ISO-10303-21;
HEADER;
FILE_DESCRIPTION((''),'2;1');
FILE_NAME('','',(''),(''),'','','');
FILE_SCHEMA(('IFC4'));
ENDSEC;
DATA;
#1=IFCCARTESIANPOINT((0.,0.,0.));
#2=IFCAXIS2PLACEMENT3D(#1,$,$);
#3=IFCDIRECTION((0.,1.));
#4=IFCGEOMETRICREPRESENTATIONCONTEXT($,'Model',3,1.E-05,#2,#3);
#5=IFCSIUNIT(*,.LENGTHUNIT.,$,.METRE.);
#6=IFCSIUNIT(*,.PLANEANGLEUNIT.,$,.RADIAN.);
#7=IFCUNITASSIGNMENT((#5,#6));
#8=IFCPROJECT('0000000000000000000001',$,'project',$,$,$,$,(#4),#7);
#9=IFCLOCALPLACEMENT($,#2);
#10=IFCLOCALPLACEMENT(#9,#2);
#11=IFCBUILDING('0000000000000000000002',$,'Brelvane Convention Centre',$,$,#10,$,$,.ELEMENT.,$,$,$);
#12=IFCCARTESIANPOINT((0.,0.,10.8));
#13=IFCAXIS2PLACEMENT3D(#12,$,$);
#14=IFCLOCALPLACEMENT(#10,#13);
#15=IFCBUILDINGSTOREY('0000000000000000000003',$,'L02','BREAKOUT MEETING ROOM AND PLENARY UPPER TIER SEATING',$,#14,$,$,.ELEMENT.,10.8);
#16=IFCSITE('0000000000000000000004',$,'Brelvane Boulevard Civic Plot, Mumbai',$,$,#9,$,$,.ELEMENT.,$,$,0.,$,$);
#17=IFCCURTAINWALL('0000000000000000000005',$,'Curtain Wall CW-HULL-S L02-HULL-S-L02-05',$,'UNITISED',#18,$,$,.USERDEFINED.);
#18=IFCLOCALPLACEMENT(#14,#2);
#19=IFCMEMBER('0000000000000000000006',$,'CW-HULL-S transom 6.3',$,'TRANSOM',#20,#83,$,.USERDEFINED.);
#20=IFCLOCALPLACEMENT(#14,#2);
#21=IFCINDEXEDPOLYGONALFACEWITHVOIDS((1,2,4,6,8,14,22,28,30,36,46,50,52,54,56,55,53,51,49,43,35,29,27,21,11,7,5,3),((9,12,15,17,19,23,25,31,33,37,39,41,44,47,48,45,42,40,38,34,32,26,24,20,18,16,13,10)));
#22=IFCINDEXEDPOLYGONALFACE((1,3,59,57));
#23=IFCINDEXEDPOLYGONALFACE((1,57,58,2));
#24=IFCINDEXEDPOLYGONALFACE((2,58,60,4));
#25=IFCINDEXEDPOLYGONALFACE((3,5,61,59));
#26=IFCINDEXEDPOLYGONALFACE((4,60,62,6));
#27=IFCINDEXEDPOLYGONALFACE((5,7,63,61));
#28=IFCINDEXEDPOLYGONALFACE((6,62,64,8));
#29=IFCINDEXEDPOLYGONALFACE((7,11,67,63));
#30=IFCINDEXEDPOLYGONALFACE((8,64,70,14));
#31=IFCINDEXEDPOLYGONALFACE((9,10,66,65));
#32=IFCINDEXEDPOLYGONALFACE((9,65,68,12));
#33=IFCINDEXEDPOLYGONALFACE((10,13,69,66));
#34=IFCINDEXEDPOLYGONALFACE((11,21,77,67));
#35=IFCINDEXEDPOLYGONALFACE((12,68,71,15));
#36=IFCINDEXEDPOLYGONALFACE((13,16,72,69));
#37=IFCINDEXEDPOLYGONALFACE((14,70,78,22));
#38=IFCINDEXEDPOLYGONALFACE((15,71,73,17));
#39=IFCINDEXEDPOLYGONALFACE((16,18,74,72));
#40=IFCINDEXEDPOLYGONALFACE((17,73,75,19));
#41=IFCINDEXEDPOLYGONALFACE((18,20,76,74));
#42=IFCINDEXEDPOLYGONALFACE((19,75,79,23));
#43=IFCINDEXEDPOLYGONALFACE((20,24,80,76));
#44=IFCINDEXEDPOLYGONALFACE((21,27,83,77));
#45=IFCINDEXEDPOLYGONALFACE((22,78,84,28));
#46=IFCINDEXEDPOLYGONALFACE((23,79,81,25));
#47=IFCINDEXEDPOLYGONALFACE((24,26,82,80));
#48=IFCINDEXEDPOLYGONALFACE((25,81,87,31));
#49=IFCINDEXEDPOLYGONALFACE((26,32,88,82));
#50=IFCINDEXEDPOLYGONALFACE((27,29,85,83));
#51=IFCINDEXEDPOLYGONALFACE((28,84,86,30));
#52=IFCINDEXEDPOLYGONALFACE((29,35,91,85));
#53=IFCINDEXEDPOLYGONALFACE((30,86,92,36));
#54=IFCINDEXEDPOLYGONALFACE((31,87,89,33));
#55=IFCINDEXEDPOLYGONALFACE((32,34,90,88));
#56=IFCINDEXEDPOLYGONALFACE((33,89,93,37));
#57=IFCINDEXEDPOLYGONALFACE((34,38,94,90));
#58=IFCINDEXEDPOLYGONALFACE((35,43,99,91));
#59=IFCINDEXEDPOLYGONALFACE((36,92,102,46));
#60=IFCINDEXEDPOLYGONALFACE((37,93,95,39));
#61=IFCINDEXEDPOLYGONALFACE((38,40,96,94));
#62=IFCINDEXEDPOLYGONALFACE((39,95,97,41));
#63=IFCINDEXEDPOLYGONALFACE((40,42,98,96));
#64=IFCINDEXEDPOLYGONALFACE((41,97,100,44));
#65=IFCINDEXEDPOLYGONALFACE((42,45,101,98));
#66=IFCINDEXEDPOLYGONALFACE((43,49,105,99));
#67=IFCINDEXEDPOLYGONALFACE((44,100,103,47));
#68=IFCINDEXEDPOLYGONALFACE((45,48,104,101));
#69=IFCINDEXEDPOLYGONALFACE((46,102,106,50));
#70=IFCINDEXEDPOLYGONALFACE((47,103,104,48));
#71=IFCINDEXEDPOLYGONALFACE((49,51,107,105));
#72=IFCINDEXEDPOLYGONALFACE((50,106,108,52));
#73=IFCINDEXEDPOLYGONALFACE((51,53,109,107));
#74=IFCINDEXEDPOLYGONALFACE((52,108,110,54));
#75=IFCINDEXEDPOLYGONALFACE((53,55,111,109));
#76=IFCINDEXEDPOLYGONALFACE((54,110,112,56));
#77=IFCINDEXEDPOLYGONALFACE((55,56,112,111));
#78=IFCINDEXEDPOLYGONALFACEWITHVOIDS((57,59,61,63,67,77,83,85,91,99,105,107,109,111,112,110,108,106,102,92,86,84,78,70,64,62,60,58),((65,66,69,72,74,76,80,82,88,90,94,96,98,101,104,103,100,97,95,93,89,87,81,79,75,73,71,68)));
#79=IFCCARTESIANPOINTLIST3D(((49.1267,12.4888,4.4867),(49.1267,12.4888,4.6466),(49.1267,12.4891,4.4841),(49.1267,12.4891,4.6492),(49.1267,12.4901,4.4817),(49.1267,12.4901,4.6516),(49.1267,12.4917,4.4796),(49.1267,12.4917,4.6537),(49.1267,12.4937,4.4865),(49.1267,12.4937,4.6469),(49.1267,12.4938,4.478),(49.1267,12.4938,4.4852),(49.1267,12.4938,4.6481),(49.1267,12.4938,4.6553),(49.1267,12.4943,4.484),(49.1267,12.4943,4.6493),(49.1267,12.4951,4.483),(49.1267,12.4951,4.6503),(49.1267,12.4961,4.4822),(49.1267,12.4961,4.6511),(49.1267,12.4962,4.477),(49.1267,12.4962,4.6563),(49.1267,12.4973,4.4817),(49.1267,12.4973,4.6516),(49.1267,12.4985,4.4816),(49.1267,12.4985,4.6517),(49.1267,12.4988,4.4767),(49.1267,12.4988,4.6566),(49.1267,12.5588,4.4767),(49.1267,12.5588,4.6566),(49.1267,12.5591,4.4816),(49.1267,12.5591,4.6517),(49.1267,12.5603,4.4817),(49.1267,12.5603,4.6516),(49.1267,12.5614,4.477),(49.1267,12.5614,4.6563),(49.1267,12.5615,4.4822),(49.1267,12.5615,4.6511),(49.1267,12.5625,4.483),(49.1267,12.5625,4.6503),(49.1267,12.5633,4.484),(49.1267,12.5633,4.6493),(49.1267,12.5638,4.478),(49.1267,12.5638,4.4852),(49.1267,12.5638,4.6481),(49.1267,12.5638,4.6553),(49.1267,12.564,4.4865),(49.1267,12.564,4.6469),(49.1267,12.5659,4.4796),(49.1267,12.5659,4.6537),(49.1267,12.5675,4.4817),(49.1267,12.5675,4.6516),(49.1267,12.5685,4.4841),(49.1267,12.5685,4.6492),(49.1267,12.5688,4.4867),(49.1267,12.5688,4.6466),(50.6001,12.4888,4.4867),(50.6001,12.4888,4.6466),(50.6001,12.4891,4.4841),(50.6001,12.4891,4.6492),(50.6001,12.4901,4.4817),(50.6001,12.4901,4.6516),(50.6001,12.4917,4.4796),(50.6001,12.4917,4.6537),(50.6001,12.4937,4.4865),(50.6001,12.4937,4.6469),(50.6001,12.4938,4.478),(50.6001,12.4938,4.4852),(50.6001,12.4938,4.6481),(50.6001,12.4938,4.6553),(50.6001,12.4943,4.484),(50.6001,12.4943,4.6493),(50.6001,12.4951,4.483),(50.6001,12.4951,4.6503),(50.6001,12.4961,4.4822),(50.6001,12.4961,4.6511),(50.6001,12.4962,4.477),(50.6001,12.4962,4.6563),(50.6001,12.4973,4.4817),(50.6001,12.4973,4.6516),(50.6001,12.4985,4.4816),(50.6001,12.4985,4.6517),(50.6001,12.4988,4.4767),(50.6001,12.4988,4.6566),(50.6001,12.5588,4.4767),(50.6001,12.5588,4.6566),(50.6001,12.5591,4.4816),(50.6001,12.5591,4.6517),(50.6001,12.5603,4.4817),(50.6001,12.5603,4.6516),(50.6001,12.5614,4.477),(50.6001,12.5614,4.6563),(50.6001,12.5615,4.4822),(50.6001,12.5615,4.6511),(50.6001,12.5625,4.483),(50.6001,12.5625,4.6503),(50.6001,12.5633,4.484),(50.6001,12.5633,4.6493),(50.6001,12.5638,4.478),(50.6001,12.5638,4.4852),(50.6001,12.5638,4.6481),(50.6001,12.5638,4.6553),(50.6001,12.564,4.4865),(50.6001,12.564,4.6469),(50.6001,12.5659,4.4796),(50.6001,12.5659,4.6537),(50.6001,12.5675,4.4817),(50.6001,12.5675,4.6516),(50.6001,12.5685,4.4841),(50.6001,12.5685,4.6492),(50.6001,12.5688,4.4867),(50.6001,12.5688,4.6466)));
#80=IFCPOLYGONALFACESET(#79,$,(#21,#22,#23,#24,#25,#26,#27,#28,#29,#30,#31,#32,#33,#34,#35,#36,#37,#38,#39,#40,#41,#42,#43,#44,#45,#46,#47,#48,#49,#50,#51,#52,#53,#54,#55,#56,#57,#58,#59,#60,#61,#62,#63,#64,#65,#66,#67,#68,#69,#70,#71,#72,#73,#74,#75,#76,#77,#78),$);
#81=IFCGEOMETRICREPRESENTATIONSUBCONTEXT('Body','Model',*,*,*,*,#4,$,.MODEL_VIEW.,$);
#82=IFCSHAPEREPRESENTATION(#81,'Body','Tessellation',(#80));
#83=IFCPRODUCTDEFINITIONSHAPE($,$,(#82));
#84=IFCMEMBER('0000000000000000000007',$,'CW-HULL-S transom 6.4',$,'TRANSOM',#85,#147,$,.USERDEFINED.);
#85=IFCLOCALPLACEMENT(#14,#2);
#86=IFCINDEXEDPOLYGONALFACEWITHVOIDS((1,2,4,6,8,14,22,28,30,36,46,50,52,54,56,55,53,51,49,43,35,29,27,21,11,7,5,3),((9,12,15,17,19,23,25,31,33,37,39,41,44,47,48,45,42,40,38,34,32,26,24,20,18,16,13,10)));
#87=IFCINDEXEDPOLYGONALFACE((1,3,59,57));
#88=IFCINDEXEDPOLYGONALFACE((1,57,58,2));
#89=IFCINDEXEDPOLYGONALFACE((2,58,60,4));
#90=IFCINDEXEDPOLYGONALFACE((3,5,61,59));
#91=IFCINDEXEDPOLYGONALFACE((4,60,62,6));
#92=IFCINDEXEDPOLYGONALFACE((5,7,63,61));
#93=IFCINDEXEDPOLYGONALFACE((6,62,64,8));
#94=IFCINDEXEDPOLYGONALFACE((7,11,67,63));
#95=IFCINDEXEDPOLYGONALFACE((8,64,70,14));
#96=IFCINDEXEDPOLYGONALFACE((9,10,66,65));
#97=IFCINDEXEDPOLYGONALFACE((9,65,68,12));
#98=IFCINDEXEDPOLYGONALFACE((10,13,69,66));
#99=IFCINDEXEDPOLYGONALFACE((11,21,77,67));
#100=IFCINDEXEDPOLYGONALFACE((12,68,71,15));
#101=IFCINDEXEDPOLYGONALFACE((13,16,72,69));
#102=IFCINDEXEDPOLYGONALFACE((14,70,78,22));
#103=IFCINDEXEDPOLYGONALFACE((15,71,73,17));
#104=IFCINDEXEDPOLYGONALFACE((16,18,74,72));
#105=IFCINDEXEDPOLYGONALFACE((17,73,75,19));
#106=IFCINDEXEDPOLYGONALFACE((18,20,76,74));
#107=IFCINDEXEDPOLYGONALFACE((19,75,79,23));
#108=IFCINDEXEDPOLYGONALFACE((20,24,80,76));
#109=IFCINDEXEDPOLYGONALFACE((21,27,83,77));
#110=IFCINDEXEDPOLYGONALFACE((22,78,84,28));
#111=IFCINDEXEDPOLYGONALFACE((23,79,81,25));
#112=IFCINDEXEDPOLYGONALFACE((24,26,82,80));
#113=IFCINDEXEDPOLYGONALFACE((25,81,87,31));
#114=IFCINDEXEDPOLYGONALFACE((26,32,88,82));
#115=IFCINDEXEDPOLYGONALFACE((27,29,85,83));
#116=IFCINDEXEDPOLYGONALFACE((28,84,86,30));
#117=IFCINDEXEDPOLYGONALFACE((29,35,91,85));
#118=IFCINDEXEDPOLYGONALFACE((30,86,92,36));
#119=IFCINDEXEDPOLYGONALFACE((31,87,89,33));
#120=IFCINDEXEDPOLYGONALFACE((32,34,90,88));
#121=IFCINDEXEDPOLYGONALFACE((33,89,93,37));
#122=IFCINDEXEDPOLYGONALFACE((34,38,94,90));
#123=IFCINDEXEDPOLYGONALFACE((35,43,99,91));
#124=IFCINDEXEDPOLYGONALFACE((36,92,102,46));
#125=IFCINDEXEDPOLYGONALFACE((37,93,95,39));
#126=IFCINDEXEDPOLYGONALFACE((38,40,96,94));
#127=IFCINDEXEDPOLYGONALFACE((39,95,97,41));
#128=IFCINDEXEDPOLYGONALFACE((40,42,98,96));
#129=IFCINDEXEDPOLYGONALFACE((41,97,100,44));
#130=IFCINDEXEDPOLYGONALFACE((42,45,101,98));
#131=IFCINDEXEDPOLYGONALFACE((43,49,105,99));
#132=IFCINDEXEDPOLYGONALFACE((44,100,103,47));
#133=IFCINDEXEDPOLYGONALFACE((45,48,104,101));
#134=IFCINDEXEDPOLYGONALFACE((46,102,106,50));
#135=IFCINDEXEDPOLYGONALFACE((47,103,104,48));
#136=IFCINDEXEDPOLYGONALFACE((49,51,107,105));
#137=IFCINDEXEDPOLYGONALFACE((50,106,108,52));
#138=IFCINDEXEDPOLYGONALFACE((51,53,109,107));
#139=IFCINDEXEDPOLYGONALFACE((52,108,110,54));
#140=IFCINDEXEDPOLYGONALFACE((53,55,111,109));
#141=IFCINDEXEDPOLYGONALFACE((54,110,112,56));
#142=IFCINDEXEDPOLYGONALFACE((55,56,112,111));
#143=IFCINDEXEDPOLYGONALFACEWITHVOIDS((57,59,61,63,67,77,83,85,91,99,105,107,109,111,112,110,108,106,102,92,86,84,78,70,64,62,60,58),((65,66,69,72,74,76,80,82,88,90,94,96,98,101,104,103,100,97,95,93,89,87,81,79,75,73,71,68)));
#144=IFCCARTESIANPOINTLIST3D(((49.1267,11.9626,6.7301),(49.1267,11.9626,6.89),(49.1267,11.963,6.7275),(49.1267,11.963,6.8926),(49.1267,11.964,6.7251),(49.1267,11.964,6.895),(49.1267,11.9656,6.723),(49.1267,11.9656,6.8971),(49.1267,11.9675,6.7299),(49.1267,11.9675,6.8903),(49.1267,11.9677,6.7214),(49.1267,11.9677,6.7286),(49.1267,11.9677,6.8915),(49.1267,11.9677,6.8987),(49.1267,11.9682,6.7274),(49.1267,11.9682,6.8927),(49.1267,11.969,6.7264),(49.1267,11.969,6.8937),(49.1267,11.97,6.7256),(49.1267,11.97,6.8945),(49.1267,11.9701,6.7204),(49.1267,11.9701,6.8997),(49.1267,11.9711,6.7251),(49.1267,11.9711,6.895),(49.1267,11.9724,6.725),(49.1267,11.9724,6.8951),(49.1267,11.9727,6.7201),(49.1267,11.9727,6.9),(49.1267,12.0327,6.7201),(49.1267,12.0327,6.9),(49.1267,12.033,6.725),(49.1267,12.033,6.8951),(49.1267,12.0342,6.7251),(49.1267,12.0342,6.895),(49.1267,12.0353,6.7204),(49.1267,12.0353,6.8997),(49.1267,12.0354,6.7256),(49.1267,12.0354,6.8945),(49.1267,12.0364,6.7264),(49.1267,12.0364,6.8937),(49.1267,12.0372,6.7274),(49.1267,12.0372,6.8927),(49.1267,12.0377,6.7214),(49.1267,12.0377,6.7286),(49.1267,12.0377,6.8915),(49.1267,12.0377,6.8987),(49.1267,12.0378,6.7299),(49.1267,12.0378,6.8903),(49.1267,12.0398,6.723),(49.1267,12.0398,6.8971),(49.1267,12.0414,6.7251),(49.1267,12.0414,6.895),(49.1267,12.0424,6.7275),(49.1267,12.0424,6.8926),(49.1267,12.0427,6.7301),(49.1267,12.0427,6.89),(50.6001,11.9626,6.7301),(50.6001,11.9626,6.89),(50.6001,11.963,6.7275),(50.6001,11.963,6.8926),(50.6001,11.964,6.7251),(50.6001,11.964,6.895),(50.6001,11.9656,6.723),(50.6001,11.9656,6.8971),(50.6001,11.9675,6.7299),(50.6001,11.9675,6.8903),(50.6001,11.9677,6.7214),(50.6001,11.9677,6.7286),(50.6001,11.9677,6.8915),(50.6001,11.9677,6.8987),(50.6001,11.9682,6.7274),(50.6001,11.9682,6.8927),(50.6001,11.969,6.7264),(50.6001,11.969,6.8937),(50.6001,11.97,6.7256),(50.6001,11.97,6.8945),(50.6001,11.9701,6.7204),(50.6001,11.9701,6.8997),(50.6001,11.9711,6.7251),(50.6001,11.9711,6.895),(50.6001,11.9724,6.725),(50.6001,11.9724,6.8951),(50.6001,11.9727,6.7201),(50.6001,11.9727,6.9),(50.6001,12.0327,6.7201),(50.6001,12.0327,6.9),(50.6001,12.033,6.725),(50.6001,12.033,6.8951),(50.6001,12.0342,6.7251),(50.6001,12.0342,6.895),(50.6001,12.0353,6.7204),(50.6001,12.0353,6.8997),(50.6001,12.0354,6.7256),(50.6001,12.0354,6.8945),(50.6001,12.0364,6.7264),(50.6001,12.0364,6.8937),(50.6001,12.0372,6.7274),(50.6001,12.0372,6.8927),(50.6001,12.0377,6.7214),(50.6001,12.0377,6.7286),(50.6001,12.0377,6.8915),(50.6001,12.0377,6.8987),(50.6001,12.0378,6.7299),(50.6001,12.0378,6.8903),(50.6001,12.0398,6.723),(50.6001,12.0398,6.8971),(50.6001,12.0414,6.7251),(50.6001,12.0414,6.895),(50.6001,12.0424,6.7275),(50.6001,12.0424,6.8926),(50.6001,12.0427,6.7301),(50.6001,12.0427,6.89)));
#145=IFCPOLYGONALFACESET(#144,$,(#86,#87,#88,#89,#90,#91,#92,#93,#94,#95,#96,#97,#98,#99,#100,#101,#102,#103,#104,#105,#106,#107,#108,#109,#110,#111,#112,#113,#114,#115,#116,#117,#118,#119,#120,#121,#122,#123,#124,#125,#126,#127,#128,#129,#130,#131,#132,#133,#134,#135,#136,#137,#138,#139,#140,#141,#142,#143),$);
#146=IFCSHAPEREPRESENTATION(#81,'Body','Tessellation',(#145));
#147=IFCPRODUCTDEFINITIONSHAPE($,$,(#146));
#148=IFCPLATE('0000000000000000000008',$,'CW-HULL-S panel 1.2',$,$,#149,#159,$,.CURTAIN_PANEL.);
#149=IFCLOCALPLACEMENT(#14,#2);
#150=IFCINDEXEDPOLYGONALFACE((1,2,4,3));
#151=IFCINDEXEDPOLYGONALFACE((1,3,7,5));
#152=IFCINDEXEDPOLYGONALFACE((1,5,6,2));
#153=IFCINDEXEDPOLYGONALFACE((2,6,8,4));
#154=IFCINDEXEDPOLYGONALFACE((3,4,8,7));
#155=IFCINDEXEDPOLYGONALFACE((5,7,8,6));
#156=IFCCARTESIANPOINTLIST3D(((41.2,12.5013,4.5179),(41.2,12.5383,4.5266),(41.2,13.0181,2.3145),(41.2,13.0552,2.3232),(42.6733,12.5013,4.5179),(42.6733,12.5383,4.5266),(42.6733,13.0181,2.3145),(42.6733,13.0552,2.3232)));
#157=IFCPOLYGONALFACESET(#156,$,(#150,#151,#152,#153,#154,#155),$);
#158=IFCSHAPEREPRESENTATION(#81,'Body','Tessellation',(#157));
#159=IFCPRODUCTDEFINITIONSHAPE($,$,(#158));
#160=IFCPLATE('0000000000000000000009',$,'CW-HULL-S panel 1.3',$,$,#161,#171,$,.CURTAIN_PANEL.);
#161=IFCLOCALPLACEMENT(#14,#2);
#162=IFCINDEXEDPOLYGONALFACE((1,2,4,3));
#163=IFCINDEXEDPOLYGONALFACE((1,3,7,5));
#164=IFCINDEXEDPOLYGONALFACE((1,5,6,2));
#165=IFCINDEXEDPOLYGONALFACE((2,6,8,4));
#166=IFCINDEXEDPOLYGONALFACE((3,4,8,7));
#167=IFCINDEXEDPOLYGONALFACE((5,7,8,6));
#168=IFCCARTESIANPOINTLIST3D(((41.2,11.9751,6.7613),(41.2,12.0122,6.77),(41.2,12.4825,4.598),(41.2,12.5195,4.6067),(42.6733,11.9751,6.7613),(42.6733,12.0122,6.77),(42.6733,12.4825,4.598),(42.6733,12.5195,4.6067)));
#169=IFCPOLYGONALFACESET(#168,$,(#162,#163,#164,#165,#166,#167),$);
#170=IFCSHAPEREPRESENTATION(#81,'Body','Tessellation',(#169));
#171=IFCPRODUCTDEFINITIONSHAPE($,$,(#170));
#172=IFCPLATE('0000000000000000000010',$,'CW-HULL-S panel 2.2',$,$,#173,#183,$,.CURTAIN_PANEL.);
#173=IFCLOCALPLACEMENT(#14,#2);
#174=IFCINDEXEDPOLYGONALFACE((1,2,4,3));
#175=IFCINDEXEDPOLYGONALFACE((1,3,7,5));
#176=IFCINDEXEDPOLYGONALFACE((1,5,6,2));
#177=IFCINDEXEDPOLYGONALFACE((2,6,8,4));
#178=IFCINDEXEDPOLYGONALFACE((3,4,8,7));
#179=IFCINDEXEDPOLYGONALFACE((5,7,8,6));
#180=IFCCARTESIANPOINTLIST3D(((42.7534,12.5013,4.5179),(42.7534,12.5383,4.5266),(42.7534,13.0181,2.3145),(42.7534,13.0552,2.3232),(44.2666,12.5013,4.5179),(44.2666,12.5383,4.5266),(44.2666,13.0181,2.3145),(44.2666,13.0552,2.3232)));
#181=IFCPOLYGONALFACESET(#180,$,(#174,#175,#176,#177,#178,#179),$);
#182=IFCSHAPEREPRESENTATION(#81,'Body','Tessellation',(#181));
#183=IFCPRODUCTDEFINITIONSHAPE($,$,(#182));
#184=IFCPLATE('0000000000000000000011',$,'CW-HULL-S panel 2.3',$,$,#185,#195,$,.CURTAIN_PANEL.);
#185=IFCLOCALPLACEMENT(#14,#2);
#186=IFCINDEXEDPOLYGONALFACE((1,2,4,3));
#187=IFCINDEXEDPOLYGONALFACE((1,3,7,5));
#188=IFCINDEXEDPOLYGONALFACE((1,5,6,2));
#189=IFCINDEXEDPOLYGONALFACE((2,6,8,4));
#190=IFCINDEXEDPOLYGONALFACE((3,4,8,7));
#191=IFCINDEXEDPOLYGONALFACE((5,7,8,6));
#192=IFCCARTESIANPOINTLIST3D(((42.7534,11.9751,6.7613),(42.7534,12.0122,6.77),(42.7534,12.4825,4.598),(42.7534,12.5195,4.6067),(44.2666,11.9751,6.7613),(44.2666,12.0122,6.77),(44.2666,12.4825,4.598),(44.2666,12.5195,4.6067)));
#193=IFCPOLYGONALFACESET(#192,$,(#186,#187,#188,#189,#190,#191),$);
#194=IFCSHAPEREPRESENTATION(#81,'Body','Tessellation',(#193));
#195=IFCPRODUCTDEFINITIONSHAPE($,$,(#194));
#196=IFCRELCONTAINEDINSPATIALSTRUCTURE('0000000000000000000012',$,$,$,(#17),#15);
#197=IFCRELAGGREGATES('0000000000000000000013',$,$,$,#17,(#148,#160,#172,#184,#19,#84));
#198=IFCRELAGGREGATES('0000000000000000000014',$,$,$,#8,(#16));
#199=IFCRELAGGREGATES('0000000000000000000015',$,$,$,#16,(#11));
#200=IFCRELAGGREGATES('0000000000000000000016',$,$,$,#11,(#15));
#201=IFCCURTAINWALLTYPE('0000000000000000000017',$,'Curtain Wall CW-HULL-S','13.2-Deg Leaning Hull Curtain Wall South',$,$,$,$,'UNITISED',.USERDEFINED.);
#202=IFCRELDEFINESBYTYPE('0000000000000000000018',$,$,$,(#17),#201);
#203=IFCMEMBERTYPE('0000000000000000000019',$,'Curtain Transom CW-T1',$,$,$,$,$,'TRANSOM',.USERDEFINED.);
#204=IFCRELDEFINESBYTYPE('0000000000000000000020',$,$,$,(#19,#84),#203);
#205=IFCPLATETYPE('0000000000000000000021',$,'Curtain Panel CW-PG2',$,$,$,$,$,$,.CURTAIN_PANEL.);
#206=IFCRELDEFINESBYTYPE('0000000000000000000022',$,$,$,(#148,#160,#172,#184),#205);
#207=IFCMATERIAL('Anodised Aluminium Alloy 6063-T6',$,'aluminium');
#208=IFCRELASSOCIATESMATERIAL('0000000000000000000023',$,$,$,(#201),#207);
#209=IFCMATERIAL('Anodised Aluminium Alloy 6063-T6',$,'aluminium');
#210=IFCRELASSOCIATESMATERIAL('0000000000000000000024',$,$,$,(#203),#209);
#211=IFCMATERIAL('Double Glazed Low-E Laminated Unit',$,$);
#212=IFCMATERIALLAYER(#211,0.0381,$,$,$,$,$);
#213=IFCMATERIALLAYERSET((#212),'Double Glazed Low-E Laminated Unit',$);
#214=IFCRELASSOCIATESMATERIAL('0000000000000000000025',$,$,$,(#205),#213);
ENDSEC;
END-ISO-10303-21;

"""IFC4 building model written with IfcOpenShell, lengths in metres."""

from ifc_helpers import new_model, si_unit, direction, frame, origin, origin_2d, place, context, subcontext, project, spatial, polyline, hollow_rectangle, outline, extrude, material, layer, layer_set, material_profile, profile_set, type_object, element, aggregate, save


model = new_model("IFC4")

# Units and contexts
model_context = context("Model", 3, precision=1e-05, world=origin(), true_north=direction((0.0, 1.0)))
body_context = subcontext(model_context, "Body", "Model", "MODEL_VIEW")
ifc_project = project(units=[si_unit("LENGTHUNIT", "METRE"), si_unit("PLANEANGLEUNIT", "RADIAN")], contexts=[model_context])

# Site, building, storey
site_placement = place(None, origin())
site = spatial("IfcSite", under=ifc_project, at=site_placement, Name="Brelvane Boulevard Civic Plot, Mumbai", CompositionType="ELEMENT", RefElevation=0.0)
building_placement = place(site_placement, origin())
building = spatial("IfcBuilding", under=site, at=building_placement, Name="Brelvane Convention Centre", CompositionType="ELEMENT")
storey_placement = place(building_placement, frame((0.0, 0.0, 10.8)))
storey = spatial("IfcBuildingStorey", under=building, at=storey_placement, Name="L02", Description="BREAKOUT MEETING ROOM AND PLENARY UPPER TIER SEATING", CompositionType="ELEMENT", Elevation=10.8)

# Curtain wall, members, plates
ifc_material_1 = material(Name="Anodised Aluminium Alloy 6063-T6", Category="aluminium")
curtain_wall_type = type_object("IfcCurtainWallType", Name="Curtain Wall CW-HULL-S", Description="13.2-Deg Leaning Hull Curtain Wall South", ElementType="UNITISED", PredefinedType="USERDEFINED", material=ifc_material_1)
curtain_wall_placement = place(storey_placement, origin())
curtain_wall = element("IfcCurtainWall", 1, at=curtain_wall_placement, inside=storey, type_object=curtain_wall_type, Name="Curtain Wall CW-HULL-S L02-HULL-S-L02-05", ObjectType="UNITISED", PredefinedType="USERDEFINED")
ifc_material_2 = material(Name="Anodised Aluminium Alloy 6063-T6", Category="aluminium")
ifc_material_profile = material_profile(ifc_material_2, hollow_rectangle(XDim=0.0801, YDim=0.1799, WallThickness=0.0049, InnerFilletRadius=0.0049, OuterFilletRadius=0.01, at=origin_2d()), Name="ALU-T 180x80x5.0")
ifc_profile_set = profile_set([ifc_material_profile], Name="Anodised Aluminium Alloy 6063-T6")
member_type = type_object("IfcMemberType", Name="Curtain Transom CW-T1", ElementType="TRANSOM", PredefinedType="USERDEFINED", material=ifc_profile_set)
member_1_placement = place(storey_placement, frame((49.1267, 12.5288, 4.5667), z_axis=(1.0, 0.0, 0.0), x_axis=(0.0, 1.0, 0.0)))
member_1 = element("IfcMember", 2, at=member_1_placement, type_object=member_type, Name="CW-HULL-S transom 6.3", ObjectType="TRANSOM", PredefinedType="USERDEFINED", context=body_context, shape_type="SweptSolid", body=[
    extrude(hollow_rectangle(XDim=0.0801, YDim=0.1799, WallThickness=0.0049, InnerFilletRadius=0.0049, OuterFilletRadius=0.01, at=origin_2d()), origin(), (0.0, 0.0, 1.0), 1.4734),
])
member_2_placement = place(storey_placement, frame((49.1267, 12.0027, 6.8101), z_axis=(1.0, 0.0, 0.0), x_axis=(0.0, 1.0, 0.0)))
member_2 = element("IfcMember", 3, at=member_2_placement, type_object=member_type, Name="CW-HULL-S transom 6.4", ObjectType="TRANSOM", PredefinedType="USERDEFINED", context=body_context, shape_type="SweptSolid", body=[
    extrude(hollow_rectangle(XDim=0.0801, YDim=0.1799, WallThickness=0.0049, InnerFilletRadius=0.0049, OuterFilletRadius=0.01, at=origin_2d()), origin(), (0.0, 0.0, 1.0), 1.4734),
])
ifc_material_3 = material(Name="Double Glazed Low-E Laminated Unit")
ifc_layer_1 = layer(ifc_material_3, 0.0381)
ifc_layer_set_1 = layer_set([ifc_layer_1], Name="Double Glazed Low-E Laminated Unit")
plate_type_1 = type_object("IfcPlateType", Name="Curtain Panel CW-PG2", PredefinedType="CURTAIN_PANEL", material=ifc_layer_set_1)
plate_1_placement = place(storey_placement, frame((41.2, 13.0552, 2.3232), z_axis=(0.0, 0.973574, 0.228372), x_axis=(1.0, 0.0, 0.0)))
plate_1 = element("IfcPlate", 4, at=plate_1_placement, type_object=plate_type_1, Name="CW-HULL-S panel 1.2", PredefinedType="CURTAIN_PANEL", context=body_context, shape_type="SweptSolid", body=[
    extrude(outline(polyline([(0.0, 0.0), (1.4734, 0.0), (1.4734, -2.2632), (0.0, -2.2632), (0.0, 0.0)])), origin(), (0.0, 0.0, -1.0), 0.0381),
])
plate_2_placement = place(storey_placement, frame((41.2, 12.5195, 4.6067), z_axis=(0.0, 0.973587, 0.228317), x_axis=(1.0, 0.0, 0.0)))
plate_2 = element("IfcPlate", 5, at=plate_2_placement, type_object=plate_type_1, Name="CW-HULL-S panel 1.3", PredefinedType="CURTAIN_PANEL", context=body_context, shape_type="SweptSolid", body=[
    extrude(outline(polyline([(0.0, 0.0), (1.4734, 0.0), (1.4734, -2.222), (0.0, -2.222), (0.0, 0.0)])), origin(), (0.0, 0.0, -1.0), 0.0381),
])
plate_3_placement = place(storey_placement, frame((42.7534, 13.0552, 2.3232), z_axis=(0.0, 0.973574, 0.228372), x_axis=(1.0, 0.0, 0.0)))
plate_3 = element("IfcPlate", 6, at=plate_3_placement, type_object=plate_type_1, Name="CW-HULL-S panel 2.2", PredefinedType="CURTAIN_PANEL", context=body_context, shape_type="SweptSolid", body=[
    extrude(outline(polyline([(0.0, 0.0), (1.5132, 0.0), (1.5132, -2.2632), (0.0, -2.2632), (0.0, 0.0)])), origin(), (0.0, 0.0, -1.0), 0.0381),
])
plate_4_placement = place(storey_placement, frame((42.7534, 12.5195, 4.6067), z_axis=(0.0, 0.973587, 0.228317), x_axis=(1.0, 0.0, 0.0)))
plate_4 = element("IfcPlate", 7, at=plate_4_placement, type_object=plate_type_1, Name="CW-HULL-S panel 2.3", PredefinedType="CURTAIN_PANEL", context=body_context, shape_type="SweptSolid", body=[
    extrude(outline(polyline([(0.0, 0.0), (1.5132, 0.0), (1.5132, -2.222), (0.0, -2.222), (0.0, 0.0)])), origin(), (0.0, 0.0, -1.0), 0.0381),
])
aggregate(curtain_wall, [plate_1, plate_2, plate_3, plate_4, member_1, member_2])

save(model, "model.ifc")
